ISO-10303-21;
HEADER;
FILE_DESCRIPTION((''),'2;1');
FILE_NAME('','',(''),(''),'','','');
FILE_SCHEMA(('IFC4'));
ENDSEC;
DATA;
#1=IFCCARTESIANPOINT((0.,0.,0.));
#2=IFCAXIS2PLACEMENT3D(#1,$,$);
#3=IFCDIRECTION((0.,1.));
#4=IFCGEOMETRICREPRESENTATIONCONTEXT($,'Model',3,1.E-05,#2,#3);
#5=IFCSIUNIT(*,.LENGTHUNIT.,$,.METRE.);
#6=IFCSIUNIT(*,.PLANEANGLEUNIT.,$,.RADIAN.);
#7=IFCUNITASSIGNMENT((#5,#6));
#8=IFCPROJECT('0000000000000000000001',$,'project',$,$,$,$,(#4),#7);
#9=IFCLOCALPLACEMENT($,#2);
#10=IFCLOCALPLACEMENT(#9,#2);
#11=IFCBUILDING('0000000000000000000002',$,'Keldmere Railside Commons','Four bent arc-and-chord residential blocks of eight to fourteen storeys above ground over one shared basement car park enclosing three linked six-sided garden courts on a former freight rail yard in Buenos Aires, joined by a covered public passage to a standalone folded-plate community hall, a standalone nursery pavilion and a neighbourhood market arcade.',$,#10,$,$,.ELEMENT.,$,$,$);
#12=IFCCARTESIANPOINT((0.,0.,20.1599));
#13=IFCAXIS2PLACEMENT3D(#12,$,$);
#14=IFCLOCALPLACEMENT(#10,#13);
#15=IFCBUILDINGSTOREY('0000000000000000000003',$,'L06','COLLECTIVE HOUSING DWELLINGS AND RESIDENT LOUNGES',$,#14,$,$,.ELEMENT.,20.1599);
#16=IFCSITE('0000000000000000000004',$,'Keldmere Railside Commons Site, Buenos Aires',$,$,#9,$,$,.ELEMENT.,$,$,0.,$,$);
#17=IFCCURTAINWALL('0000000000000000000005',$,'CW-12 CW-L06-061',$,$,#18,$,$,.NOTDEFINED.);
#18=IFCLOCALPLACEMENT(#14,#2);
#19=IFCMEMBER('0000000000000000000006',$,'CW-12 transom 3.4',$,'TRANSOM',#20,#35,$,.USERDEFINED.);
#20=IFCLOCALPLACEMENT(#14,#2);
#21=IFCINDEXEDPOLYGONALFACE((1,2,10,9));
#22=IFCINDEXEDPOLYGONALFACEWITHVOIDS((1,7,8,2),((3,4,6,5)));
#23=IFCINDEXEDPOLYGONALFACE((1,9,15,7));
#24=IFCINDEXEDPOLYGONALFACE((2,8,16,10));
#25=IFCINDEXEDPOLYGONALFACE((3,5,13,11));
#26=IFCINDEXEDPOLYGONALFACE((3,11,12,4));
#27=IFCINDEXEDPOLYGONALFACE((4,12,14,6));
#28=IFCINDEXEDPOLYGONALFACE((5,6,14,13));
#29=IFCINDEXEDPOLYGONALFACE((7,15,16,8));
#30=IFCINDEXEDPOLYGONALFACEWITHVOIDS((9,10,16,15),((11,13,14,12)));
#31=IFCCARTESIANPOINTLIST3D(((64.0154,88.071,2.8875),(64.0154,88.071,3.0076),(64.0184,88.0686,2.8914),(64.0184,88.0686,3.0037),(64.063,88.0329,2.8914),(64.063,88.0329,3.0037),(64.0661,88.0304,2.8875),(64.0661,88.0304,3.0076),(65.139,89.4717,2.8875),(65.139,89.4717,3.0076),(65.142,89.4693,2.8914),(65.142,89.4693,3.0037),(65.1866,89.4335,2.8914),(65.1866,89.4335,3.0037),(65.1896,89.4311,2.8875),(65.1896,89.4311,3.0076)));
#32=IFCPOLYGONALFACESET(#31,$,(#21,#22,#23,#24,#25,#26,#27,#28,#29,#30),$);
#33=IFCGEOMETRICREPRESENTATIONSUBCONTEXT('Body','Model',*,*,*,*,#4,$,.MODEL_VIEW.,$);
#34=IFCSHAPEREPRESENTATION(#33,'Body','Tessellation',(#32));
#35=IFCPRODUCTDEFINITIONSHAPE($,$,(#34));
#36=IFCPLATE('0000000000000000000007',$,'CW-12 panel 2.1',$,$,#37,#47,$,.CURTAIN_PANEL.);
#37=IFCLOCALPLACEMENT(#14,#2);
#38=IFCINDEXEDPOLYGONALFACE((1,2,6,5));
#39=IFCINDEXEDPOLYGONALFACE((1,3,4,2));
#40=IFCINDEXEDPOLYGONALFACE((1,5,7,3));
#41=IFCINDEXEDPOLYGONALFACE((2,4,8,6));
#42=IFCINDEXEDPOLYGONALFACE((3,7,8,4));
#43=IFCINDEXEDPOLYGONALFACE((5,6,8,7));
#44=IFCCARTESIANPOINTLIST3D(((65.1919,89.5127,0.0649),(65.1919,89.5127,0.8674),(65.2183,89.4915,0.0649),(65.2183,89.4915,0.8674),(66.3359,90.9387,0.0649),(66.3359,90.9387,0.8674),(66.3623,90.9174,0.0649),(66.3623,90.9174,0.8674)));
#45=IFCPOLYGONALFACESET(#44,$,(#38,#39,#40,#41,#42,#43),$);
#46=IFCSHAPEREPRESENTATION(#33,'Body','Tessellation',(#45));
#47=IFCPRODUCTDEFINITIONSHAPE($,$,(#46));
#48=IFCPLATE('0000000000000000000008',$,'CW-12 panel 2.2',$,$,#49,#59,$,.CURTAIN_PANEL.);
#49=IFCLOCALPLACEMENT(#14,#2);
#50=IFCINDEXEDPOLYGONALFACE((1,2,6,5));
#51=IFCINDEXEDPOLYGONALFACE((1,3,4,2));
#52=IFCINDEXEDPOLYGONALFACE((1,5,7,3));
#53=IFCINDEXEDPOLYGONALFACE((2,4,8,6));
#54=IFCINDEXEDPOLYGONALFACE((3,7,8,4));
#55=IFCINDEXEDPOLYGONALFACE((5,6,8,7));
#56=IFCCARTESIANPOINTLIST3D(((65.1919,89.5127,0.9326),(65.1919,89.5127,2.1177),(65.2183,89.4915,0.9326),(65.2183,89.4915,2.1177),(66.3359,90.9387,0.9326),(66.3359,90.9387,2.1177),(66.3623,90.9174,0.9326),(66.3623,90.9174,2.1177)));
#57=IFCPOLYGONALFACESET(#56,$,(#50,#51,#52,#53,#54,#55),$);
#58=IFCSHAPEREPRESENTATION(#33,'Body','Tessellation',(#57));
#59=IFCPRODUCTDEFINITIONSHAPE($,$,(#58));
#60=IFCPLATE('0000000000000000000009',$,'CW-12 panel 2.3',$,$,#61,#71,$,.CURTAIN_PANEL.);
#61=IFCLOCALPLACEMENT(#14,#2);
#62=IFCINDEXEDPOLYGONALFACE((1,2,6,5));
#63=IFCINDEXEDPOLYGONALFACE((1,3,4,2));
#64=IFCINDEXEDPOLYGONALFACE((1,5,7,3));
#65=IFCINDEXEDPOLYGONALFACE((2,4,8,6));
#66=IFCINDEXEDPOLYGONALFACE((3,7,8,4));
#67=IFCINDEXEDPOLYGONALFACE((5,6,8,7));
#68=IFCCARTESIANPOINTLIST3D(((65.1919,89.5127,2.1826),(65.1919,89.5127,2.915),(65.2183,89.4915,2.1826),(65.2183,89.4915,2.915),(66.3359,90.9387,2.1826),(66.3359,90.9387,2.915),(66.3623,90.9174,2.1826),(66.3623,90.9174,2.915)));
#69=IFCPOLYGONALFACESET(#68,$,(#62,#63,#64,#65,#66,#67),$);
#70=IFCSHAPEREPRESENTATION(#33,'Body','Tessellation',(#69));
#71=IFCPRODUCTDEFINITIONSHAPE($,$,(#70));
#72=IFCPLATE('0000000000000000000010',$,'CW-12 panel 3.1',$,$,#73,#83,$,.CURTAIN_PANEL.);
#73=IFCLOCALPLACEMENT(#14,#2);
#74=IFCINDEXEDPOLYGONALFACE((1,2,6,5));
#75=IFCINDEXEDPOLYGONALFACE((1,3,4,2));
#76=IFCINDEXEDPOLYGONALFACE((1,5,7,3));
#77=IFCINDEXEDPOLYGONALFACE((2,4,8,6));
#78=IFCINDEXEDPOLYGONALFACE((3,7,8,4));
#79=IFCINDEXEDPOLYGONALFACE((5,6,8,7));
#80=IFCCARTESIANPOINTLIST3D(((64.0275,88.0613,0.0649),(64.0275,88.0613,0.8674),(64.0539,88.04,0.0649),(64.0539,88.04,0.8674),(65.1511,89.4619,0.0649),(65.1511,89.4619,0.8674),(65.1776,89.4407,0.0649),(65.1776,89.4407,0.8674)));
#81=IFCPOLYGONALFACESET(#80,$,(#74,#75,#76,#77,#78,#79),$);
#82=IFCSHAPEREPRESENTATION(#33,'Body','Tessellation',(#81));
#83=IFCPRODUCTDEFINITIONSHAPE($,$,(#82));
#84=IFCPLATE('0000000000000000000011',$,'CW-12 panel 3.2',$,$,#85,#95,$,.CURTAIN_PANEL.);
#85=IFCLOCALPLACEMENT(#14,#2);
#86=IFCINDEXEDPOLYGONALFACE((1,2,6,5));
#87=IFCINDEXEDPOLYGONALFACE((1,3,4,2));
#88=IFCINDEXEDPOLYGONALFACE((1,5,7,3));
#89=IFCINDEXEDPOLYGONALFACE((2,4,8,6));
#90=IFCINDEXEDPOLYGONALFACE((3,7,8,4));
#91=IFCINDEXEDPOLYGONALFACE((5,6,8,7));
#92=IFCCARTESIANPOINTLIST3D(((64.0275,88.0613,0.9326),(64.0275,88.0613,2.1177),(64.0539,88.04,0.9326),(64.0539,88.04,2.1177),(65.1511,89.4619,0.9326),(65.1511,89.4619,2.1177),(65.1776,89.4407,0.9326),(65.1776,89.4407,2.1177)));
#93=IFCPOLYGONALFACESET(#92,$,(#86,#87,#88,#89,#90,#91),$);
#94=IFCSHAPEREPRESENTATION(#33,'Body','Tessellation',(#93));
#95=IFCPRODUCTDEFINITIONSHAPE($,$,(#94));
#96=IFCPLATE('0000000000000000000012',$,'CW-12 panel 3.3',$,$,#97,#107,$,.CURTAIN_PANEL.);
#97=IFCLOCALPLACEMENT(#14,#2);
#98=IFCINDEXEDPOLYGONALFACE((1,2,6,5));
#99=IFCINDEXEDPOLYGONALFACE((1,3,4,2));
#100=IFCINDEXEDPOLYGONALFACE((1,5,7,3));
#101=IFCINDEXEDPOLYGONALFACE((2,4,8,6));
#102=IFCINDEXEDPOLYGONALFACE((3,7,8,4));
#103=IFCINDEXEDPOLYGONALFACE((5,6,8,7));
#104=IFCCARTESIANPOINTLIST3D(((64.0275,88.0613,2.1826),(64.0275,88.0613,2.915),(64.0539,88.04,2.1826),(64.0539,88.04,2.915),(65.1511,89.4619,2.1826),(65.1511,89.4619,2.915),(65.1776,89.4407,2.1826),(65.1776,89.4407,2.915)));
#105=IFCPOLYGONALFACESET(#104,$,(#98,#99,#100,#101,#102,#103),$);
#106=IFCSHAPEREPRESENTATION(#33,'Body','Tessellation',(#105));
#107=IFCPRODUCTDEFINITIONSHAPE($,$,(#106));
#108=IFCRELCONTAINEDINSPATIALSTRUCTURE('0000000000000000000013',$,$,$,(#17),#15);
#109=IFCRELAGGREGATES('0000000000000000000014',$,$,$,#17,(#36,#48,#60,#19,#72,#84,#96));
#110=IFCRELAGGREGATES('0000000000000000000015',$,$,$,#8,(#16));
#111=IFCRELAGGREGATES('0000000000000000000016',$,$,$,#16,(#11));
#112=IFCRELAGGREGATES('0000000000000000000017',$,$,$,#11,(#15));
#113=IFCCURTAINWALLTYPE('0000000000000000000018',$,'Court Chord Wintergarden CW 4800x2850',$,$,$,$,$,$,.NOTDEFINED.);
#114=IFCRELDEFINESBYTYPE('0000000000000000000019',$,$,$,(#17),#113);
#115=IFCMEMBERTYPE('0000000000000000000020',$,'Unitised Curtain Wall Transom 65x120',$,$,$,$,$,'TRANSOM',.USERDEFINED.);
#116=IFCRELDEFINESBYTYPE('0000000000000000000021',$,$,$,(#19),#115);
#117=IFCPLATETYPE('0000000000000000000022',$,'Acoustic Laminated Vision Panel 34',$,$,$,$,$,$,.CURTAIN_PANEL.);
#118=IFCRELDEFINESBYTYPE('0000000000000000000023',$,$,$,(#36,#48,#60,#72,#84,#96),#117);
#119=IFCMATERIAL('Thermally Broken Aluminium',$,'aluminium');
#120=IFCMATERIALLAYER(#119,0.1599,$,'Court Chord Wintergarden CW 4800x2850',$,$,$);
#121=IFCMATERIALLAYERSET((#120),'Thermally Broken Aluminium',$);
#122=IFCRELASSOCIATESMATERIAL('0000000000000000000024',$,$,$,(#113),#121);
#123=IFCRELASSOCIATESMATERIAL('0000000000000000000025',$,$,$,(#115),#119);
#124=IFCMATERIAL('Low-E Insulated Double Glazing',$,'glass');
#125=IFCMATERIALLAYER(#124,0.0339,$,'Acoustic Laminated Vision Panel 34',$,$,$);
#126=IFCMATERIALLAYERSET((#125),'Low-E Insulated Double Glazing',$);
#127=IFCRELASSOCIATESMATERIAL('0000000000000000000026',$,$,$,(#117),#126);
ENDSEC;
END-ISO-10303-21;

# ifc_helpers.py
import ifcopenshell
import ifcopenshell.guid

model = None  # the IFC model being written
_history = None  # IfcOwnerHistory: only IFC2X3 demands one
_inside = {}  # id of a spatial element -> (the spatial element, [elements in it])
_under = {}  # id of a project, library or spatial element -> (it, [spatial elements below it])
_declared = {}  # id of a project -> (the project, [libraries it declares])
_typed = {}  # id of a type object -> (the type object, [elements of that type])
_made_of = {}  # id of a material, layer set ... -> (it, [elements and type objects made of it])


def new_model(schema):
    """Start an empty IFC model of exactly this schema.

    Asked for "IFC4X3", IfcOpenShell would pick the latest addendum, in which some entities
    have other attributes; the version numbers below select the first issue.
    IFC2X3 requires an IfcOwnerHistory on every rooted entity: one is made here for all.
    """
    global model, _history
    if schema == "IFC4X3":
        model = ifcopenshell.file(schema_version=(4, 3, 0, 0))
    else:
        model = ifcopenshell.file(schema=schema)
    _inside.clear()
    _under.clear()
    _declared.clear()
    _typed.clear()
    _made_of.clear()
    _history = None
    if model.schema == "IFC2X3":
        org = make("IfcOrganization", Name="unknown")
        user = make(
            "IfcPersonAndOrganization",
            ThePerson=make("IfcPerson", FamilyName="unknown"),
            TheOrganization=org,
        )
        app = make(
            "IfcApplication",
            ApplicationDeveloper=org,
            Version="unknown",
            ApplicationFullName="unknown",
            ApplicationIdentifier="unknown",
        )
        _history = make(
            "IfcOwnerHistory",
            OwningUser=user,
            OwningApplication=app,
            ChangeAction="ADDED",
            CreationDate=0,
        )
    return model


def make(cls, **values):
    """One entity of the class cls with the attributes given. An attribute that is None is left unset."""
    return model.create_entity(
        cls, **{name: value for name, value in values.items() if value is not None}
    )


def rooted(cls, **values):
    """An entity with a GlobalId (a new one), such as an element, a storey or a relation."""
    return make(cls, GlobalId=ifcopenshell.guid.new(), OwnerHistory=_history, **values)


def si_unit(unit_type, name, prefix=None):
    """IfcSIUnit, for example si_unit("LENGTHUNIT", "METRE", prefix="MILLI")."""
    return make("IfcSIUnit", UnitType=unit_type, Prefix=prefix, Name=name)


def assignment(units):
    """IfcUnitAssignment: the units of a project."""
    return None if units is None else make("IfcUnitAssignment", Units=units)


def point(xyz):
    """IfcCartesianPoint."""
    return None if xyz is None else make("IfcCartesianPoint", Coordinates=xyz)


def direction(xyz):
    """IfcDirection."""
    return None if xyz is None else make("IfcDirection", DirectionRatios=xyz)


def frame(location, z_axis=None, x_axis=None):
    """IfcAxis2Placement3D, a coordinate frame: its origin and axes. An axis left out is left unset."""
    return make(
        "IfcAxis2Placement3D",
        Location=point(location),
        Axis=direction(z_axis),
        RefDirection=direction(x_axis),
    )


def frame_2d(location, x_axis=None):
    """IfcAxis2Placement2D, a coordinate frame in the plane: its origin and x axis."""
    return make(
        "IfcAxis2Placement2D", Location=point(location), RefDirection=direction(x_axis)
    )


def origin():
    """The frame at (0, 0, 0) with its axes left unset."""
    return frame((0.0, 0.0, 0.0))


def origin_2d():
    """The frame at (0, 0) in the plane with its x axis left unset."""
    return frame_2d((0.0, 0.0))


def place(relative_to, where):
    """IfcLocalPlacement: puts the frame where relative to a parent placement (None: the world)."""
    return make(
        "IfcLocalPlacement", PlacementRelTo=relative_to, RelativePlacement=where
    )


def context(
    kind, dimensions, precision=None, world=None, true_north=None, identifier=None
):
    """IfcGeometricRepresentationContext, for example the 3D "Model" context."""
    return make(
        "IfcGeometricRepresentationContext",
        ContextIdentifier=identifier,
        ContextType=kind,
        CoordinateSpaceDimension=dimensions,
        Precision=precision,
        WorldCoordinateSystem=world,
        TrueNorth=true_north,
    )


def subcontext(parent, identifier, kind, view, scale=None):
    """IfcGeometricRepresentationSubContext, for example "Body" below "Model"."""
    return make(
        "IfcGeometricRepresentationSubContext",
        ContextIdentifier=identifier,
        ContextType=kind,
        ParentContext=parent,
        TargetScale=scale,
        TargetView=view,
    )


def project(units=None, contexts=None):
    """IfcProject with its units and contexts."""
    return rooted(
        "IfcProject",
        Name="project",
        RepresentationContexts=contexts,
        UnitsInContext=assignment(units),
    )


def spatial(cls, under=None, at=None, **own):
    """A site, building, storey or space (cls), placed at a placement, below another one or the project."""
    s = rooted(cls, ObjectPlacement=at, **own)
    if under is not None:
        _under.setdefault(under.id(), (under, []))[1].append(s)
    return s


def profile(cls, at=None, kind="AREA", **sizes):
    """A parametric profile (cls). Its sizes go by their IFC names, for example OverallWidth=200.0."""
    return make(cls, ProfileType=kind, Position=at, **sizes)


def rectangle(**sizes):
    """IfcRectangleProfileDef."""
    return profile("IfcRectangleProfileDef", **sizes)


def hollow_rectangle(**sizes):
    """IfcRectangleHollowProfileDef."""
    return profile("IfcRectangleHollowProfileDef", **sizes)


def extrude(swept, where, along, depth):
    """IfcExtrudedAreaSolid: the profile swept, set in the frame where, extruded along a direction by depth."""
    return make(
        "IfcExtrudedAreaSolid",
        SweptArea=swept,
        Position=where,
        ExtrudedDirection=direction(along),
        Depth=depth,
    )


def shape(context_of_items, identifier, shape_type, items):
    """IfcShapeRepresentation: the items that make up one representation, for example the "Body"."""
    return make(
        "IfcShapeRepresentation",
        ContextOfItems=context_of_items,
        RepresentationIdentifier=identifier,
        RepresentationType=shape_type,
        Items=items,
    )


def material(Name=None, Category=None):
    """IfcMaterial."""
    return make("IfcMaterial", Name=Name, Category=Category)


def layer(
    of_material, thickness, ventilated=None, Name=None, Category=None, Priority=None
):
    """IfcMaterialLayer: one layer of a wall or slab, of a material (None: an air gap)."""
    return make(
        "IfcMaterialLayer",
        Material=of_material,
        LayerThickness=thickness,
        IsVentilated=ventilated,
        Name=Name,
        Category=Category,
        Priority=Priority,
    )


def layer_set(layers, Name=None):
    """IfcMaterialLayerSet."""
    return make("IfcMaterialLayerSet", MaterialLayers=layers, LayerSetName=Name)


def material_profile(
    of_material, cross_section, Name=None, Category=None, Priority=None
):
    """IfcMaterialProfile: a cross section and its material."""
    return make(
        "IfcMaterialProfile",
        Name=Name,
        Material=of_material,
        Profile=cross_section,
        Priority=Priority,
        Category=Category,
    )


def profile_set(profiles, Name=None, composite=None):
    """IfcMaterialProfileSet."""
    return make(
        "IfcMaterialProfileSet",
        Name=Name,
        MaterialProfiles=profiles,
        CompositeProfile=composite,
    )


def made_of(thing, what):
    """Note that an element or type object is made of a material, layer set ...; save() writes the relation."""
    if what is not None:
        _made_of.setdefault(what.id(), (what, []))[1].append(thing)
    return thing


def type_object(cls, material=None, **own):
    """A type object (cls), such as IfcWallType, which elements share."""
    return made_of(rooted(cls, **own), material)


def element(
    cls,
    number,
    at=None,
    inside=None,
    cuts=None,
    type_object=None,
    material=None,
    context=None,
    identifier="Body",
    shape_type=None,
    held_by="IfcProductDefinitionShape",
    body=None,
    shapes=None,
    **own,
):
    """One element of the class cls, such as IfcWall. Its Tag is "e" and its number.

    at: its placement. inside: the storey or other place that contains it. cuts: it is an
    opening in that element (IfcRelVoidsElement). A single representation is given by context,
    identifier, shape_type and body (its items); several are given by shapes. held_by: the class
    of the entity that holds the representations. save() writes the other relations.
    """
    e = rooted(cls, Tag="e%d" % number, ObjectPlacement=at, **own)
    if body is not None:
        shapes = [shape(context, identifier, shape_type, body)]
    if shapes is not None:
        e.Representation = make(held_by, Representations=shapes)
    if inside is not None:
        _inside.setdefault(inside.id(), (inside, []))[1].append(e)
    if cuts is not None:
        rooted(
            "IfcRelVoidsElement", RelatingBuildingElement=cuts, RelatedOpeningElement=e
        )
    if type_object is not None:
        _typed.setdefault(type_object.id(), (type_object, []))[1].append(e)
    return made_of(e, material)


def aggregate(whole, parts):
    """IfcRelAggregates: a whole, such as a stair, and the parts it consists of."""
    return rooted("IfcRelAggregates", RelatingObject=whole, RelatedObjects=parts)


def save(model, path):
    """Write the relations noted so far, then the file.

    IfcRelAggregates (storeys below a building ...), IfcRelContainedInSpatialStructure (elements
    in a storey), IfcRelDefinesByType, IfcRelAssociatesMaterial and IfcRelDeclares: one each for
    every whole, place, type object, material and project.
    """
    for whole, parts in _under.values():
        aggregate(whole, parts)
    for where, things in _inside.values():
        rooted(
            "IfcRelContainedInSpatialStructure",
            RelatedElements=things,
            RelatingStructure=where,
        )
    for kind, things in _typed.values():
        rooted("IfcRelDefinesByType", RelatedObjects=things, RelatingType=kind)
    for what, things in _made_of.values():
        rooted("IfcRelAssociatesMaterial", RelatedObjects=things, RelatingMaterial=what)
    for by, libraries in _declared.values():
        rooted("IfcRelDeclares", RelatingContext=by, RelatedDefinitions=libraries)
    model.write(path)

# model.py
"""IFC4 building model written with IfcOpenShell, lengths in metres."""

from ifc_helpers import new_model, si_unit, direction, frame, origin, origin_2d, place, context, subcontext, project, spatial, rectangle, hollow_rectangle, extrude, material, layer, layer_set, material_profile, profile_set, type_object, element, aggregate, save


model = new_model("IFC4")

# Units and contexts
model_context = context("Model", 3, precision=1e-05, world=origin(), true_north=direction((0.0, 1.0)))
body_context = subcontext(model_context, "Body", "Model", "MODEL_VIEW")
ifc_project = project(units=[si_unit("LENGTHUNIT", "METRE"), si_unit("PLANEANGLEUNIT", "RADIAN")], contexts=[model_context])

# Site, building, storey
site_placement = place(None, origin())
site = spatial("IfcSite", under=ifc_project, at=site_placement, Name="Keldmere Railside Commons Site, Buenos Aires", CompositionType="ELEMENT", RefElevation=0.0)
building_placement = place(site_placement, origin())
building = spatial("IfcBuilding", under=site, at=building_placement, Name="Keldmere Railside Commons", Description="Four bent arc-and-chord residential blocks of eight to fourteen storeys above ground over one shared basement car park enclosing three linked six-sided garden courts on a former freight rail yard in Buenos Aires, joined by a covered public passage to a standalone folded-plate community hall, a standalone nursery pavilion and a neighbourhood market arcade.", CompositionType="ELEMENT")
storey_placement = place(building_placement, frame((0.0, 0.0, 20.1599)))
storey = spatial("IfcBuildingStorey", under=building, at=storey_placement, Name="L06", Description="COLLECTIVE HOUSING DWELLINGS AND RESIDENT LOUNGES", CompositionType="ELEMENT", Elevation=20.1599)

# Curtain wall, member, plates
ifc_material_1 = material(Name="Thermally Broken Aluminium", Category="aluminium")
ifc_layer_1 = layer(ifc_material_1, 0.1599, Name="Court Chord Wintergarden CW 4800x2850")
ifc_layer_set_1 = layer_set([ifc_layer_1], Name="Thermally Broken Aluminium")
curtain_wall_type = type_object("IfcCurtainWallType", Name="Court Chord Wintergarden CW 4800x2850", PredefinedType="NOTDEFINED", material=ifc_layer_set_1)
curtain_wall_placement = place(storey_placement, origin())
curtain_wall = element("IfcCurtainWall", 1, at=curtain_wall_placement, inside=storey, type_object=curtain_wall_type, Name="CW-12 CW-L06-061", PredefinedType="NOTDEFINED")
ifc_material_profile_1 = material_profile(ifc_material_1, hollow_rectangle(XDim=0.0649, YDim=0.1201, WallThickness=0.0039, at=origin_2d()), Name="ALU-TRAN-65x120")
ifc_profile_set_1 = profile_set([ifc_material_profile_1], Name="Thermally Broken Aluminium")
member_type_1 = type_object("IfcMemberType", Name="Unitised Curtain Wall Transom 65x120", ElementType="TRANSOM", PredefinedType="USERDEFINED", material=ifc_profile_set_1)
member_1_placement = place(storey_placement, frame((65.1643, 89.4514, 2.9475), z_axis=(-0.625723, -0.780046, 0.0), x_axis=(0.780046, -0.625723, 0.0)))
member_1 = element("IfcMember", 2, at=member_1_placement, type_object=member_type_1, Name="CW-12 transom 3.4", ObjectType="TRANSOM", PredefinedType="USERDEFINED", context=body_context, shape_type="SweptSolid", body=[
    extrude(hollow_rectangle(XDim=0.0649, YDim=0.1201, WallThickness=0.0039, at=origin_2d()), origin(), (0.0, 0.0, 1.0), 1.7957),
])
ifc_material_2 = material(Name="Low-E Insulated Double Glazing", Category="glass")
ifc_layer_2 = layer(ifc_material_2, 0.0339, Name="Acoustic Laminated Vision Panel 34")
ifc_layer_set_2 = layer_set([ifc_layer_2], Name="Low-E Insulated Double Glazing")
plate_type = type_object("IfcPlateType", Name="Acoustic Laminated Vision Panel 34", PredefinedType="CURTAIN_PANEL", material=ifc_layer_set_2)
plate_1_placement = place(storey_placement, frame((65.7771, 90.2151, 0.0649), z_axis=(0.0, 0.0, 1.0), x_axis=(-0.625768, -0.780009, 0.0)))
plate_1 = element("IfcPlate", 3, at=plate_1_placement, type_object=plate_type, Name="CW-12 panel 2.1", PredefinedType="CURTAIN_PANEL", context=body_context, shape_type="SweptSolid", body=[
    extrude(rectangle(XDim=1.8281, YDim=0.0339, at=origin_2d()), origin(), (0.0, 0.0, 1.0), 0.8025),
])
plate_2_placement = place(storey_placement, frame((65.7771, 90.2151, 0.9326), z_axis=(0.0, 0.0, 1.0), x_axis=(-0.625768, -0.780009, 0.0)))
plate_2 = element("IfcPlate", 4, at=plate_2_placement, type_object=plate_type, Name="CW-12 panel 2.2", PredefinedType="CURTAIN_PANEL", context=body_context, shape_type="SweptSolid", body=[
    extrude(rectangle(XDim=1.8281, YDim=0.0339, at=origin_2d()), origin(), (0.0, 0.0, 1.0), 1.1851),
])
plate_3_placement = place(storey_placement, frame((65.7771, 90.2151, 2.1826), z_axis=(0.0, 0.0, 1.0), x_axis=(-0.625768, -0.780009, 0.0)))
plate_3 = element("IfcPlate", 5, at=plate_3_placement, type_object=plate_type, Name="CW-12 panel 2.3", PredefinedType="CURTAIN_PANEL", context=body_context, shape_type="SweptSolid", body=[
    extrude(rectangle(XDim=1.8281, YDim=0.0339, at=origin_2d()), origin(), (0.0, 0.0, 1.0), 0.7324),
])
plate_4_placement = place(storey_placement, frame((64.6025, 88.751, 0.0649), z_axis=(0.0, 0.0, 1.0), x_axis=(-0.625768, -0.780009, 0.0)))
plate_4 = element("IfcPlate", 6, at=plate_4_placement, type_object=plate_type, Name="CW-12 panel 3.1", PredefinedType="CURTAIN_PANEL", context=body_context, shape_type="SweptSolid", body=[
    extrude(rectangle(XDim=1.7957, YDim=0.0339, at=origin_2d()), origin(), (0.0, 0.0, 1.0), 0.8025),
])
plate_5_placement = place(storey_placement, frame((64.6025, 88.751, 0.9326), z_axis=(0.0, 0.0, 1.0), x_axis=(-0.625768, -0.780009, 0.0)))
plate_5 = element("IfcPlate", 7, at=plate_5_placement, type_object=plate_type, Name="CW-12 panel 3.2", PredefinedType="CURTAIN_PANEL", context=body_context, shape_type="SweptSolid", body=[
    extrude(rectangle(XDim=1.7957, YDim=0.0339, at=origin_2d()), origin(), (0.0, 0.0, 1.0), 1.1851),
])
plate_6_placement = place(storey_placement, frame((64.6025, 88.751, 2.1826), z_axis=(0.0, 0.0, 1.0), x_axis=(-0.625768, -0.780009, 0.0)))
plate_6 = element("IfcPlate", 8, at=plate_6_placement, type_object=plate_type, Name="CW-12 panel 3.3", PredefinedType="CURTAIN_PANEL", context=body_context, shape_type="SweptSolid", body=[
    extrude(rectangle(XDim=1.7957, YDim=0.0339, at=origin_2d()), origin(), (0.0, 0.0, 1.0), 0.7324),
])
aggregate(curtain_wall, [plate_1, plate_2, plate_3, member_1, plate_4, plate_5, plate_6])

save(model, "model.ifc")
